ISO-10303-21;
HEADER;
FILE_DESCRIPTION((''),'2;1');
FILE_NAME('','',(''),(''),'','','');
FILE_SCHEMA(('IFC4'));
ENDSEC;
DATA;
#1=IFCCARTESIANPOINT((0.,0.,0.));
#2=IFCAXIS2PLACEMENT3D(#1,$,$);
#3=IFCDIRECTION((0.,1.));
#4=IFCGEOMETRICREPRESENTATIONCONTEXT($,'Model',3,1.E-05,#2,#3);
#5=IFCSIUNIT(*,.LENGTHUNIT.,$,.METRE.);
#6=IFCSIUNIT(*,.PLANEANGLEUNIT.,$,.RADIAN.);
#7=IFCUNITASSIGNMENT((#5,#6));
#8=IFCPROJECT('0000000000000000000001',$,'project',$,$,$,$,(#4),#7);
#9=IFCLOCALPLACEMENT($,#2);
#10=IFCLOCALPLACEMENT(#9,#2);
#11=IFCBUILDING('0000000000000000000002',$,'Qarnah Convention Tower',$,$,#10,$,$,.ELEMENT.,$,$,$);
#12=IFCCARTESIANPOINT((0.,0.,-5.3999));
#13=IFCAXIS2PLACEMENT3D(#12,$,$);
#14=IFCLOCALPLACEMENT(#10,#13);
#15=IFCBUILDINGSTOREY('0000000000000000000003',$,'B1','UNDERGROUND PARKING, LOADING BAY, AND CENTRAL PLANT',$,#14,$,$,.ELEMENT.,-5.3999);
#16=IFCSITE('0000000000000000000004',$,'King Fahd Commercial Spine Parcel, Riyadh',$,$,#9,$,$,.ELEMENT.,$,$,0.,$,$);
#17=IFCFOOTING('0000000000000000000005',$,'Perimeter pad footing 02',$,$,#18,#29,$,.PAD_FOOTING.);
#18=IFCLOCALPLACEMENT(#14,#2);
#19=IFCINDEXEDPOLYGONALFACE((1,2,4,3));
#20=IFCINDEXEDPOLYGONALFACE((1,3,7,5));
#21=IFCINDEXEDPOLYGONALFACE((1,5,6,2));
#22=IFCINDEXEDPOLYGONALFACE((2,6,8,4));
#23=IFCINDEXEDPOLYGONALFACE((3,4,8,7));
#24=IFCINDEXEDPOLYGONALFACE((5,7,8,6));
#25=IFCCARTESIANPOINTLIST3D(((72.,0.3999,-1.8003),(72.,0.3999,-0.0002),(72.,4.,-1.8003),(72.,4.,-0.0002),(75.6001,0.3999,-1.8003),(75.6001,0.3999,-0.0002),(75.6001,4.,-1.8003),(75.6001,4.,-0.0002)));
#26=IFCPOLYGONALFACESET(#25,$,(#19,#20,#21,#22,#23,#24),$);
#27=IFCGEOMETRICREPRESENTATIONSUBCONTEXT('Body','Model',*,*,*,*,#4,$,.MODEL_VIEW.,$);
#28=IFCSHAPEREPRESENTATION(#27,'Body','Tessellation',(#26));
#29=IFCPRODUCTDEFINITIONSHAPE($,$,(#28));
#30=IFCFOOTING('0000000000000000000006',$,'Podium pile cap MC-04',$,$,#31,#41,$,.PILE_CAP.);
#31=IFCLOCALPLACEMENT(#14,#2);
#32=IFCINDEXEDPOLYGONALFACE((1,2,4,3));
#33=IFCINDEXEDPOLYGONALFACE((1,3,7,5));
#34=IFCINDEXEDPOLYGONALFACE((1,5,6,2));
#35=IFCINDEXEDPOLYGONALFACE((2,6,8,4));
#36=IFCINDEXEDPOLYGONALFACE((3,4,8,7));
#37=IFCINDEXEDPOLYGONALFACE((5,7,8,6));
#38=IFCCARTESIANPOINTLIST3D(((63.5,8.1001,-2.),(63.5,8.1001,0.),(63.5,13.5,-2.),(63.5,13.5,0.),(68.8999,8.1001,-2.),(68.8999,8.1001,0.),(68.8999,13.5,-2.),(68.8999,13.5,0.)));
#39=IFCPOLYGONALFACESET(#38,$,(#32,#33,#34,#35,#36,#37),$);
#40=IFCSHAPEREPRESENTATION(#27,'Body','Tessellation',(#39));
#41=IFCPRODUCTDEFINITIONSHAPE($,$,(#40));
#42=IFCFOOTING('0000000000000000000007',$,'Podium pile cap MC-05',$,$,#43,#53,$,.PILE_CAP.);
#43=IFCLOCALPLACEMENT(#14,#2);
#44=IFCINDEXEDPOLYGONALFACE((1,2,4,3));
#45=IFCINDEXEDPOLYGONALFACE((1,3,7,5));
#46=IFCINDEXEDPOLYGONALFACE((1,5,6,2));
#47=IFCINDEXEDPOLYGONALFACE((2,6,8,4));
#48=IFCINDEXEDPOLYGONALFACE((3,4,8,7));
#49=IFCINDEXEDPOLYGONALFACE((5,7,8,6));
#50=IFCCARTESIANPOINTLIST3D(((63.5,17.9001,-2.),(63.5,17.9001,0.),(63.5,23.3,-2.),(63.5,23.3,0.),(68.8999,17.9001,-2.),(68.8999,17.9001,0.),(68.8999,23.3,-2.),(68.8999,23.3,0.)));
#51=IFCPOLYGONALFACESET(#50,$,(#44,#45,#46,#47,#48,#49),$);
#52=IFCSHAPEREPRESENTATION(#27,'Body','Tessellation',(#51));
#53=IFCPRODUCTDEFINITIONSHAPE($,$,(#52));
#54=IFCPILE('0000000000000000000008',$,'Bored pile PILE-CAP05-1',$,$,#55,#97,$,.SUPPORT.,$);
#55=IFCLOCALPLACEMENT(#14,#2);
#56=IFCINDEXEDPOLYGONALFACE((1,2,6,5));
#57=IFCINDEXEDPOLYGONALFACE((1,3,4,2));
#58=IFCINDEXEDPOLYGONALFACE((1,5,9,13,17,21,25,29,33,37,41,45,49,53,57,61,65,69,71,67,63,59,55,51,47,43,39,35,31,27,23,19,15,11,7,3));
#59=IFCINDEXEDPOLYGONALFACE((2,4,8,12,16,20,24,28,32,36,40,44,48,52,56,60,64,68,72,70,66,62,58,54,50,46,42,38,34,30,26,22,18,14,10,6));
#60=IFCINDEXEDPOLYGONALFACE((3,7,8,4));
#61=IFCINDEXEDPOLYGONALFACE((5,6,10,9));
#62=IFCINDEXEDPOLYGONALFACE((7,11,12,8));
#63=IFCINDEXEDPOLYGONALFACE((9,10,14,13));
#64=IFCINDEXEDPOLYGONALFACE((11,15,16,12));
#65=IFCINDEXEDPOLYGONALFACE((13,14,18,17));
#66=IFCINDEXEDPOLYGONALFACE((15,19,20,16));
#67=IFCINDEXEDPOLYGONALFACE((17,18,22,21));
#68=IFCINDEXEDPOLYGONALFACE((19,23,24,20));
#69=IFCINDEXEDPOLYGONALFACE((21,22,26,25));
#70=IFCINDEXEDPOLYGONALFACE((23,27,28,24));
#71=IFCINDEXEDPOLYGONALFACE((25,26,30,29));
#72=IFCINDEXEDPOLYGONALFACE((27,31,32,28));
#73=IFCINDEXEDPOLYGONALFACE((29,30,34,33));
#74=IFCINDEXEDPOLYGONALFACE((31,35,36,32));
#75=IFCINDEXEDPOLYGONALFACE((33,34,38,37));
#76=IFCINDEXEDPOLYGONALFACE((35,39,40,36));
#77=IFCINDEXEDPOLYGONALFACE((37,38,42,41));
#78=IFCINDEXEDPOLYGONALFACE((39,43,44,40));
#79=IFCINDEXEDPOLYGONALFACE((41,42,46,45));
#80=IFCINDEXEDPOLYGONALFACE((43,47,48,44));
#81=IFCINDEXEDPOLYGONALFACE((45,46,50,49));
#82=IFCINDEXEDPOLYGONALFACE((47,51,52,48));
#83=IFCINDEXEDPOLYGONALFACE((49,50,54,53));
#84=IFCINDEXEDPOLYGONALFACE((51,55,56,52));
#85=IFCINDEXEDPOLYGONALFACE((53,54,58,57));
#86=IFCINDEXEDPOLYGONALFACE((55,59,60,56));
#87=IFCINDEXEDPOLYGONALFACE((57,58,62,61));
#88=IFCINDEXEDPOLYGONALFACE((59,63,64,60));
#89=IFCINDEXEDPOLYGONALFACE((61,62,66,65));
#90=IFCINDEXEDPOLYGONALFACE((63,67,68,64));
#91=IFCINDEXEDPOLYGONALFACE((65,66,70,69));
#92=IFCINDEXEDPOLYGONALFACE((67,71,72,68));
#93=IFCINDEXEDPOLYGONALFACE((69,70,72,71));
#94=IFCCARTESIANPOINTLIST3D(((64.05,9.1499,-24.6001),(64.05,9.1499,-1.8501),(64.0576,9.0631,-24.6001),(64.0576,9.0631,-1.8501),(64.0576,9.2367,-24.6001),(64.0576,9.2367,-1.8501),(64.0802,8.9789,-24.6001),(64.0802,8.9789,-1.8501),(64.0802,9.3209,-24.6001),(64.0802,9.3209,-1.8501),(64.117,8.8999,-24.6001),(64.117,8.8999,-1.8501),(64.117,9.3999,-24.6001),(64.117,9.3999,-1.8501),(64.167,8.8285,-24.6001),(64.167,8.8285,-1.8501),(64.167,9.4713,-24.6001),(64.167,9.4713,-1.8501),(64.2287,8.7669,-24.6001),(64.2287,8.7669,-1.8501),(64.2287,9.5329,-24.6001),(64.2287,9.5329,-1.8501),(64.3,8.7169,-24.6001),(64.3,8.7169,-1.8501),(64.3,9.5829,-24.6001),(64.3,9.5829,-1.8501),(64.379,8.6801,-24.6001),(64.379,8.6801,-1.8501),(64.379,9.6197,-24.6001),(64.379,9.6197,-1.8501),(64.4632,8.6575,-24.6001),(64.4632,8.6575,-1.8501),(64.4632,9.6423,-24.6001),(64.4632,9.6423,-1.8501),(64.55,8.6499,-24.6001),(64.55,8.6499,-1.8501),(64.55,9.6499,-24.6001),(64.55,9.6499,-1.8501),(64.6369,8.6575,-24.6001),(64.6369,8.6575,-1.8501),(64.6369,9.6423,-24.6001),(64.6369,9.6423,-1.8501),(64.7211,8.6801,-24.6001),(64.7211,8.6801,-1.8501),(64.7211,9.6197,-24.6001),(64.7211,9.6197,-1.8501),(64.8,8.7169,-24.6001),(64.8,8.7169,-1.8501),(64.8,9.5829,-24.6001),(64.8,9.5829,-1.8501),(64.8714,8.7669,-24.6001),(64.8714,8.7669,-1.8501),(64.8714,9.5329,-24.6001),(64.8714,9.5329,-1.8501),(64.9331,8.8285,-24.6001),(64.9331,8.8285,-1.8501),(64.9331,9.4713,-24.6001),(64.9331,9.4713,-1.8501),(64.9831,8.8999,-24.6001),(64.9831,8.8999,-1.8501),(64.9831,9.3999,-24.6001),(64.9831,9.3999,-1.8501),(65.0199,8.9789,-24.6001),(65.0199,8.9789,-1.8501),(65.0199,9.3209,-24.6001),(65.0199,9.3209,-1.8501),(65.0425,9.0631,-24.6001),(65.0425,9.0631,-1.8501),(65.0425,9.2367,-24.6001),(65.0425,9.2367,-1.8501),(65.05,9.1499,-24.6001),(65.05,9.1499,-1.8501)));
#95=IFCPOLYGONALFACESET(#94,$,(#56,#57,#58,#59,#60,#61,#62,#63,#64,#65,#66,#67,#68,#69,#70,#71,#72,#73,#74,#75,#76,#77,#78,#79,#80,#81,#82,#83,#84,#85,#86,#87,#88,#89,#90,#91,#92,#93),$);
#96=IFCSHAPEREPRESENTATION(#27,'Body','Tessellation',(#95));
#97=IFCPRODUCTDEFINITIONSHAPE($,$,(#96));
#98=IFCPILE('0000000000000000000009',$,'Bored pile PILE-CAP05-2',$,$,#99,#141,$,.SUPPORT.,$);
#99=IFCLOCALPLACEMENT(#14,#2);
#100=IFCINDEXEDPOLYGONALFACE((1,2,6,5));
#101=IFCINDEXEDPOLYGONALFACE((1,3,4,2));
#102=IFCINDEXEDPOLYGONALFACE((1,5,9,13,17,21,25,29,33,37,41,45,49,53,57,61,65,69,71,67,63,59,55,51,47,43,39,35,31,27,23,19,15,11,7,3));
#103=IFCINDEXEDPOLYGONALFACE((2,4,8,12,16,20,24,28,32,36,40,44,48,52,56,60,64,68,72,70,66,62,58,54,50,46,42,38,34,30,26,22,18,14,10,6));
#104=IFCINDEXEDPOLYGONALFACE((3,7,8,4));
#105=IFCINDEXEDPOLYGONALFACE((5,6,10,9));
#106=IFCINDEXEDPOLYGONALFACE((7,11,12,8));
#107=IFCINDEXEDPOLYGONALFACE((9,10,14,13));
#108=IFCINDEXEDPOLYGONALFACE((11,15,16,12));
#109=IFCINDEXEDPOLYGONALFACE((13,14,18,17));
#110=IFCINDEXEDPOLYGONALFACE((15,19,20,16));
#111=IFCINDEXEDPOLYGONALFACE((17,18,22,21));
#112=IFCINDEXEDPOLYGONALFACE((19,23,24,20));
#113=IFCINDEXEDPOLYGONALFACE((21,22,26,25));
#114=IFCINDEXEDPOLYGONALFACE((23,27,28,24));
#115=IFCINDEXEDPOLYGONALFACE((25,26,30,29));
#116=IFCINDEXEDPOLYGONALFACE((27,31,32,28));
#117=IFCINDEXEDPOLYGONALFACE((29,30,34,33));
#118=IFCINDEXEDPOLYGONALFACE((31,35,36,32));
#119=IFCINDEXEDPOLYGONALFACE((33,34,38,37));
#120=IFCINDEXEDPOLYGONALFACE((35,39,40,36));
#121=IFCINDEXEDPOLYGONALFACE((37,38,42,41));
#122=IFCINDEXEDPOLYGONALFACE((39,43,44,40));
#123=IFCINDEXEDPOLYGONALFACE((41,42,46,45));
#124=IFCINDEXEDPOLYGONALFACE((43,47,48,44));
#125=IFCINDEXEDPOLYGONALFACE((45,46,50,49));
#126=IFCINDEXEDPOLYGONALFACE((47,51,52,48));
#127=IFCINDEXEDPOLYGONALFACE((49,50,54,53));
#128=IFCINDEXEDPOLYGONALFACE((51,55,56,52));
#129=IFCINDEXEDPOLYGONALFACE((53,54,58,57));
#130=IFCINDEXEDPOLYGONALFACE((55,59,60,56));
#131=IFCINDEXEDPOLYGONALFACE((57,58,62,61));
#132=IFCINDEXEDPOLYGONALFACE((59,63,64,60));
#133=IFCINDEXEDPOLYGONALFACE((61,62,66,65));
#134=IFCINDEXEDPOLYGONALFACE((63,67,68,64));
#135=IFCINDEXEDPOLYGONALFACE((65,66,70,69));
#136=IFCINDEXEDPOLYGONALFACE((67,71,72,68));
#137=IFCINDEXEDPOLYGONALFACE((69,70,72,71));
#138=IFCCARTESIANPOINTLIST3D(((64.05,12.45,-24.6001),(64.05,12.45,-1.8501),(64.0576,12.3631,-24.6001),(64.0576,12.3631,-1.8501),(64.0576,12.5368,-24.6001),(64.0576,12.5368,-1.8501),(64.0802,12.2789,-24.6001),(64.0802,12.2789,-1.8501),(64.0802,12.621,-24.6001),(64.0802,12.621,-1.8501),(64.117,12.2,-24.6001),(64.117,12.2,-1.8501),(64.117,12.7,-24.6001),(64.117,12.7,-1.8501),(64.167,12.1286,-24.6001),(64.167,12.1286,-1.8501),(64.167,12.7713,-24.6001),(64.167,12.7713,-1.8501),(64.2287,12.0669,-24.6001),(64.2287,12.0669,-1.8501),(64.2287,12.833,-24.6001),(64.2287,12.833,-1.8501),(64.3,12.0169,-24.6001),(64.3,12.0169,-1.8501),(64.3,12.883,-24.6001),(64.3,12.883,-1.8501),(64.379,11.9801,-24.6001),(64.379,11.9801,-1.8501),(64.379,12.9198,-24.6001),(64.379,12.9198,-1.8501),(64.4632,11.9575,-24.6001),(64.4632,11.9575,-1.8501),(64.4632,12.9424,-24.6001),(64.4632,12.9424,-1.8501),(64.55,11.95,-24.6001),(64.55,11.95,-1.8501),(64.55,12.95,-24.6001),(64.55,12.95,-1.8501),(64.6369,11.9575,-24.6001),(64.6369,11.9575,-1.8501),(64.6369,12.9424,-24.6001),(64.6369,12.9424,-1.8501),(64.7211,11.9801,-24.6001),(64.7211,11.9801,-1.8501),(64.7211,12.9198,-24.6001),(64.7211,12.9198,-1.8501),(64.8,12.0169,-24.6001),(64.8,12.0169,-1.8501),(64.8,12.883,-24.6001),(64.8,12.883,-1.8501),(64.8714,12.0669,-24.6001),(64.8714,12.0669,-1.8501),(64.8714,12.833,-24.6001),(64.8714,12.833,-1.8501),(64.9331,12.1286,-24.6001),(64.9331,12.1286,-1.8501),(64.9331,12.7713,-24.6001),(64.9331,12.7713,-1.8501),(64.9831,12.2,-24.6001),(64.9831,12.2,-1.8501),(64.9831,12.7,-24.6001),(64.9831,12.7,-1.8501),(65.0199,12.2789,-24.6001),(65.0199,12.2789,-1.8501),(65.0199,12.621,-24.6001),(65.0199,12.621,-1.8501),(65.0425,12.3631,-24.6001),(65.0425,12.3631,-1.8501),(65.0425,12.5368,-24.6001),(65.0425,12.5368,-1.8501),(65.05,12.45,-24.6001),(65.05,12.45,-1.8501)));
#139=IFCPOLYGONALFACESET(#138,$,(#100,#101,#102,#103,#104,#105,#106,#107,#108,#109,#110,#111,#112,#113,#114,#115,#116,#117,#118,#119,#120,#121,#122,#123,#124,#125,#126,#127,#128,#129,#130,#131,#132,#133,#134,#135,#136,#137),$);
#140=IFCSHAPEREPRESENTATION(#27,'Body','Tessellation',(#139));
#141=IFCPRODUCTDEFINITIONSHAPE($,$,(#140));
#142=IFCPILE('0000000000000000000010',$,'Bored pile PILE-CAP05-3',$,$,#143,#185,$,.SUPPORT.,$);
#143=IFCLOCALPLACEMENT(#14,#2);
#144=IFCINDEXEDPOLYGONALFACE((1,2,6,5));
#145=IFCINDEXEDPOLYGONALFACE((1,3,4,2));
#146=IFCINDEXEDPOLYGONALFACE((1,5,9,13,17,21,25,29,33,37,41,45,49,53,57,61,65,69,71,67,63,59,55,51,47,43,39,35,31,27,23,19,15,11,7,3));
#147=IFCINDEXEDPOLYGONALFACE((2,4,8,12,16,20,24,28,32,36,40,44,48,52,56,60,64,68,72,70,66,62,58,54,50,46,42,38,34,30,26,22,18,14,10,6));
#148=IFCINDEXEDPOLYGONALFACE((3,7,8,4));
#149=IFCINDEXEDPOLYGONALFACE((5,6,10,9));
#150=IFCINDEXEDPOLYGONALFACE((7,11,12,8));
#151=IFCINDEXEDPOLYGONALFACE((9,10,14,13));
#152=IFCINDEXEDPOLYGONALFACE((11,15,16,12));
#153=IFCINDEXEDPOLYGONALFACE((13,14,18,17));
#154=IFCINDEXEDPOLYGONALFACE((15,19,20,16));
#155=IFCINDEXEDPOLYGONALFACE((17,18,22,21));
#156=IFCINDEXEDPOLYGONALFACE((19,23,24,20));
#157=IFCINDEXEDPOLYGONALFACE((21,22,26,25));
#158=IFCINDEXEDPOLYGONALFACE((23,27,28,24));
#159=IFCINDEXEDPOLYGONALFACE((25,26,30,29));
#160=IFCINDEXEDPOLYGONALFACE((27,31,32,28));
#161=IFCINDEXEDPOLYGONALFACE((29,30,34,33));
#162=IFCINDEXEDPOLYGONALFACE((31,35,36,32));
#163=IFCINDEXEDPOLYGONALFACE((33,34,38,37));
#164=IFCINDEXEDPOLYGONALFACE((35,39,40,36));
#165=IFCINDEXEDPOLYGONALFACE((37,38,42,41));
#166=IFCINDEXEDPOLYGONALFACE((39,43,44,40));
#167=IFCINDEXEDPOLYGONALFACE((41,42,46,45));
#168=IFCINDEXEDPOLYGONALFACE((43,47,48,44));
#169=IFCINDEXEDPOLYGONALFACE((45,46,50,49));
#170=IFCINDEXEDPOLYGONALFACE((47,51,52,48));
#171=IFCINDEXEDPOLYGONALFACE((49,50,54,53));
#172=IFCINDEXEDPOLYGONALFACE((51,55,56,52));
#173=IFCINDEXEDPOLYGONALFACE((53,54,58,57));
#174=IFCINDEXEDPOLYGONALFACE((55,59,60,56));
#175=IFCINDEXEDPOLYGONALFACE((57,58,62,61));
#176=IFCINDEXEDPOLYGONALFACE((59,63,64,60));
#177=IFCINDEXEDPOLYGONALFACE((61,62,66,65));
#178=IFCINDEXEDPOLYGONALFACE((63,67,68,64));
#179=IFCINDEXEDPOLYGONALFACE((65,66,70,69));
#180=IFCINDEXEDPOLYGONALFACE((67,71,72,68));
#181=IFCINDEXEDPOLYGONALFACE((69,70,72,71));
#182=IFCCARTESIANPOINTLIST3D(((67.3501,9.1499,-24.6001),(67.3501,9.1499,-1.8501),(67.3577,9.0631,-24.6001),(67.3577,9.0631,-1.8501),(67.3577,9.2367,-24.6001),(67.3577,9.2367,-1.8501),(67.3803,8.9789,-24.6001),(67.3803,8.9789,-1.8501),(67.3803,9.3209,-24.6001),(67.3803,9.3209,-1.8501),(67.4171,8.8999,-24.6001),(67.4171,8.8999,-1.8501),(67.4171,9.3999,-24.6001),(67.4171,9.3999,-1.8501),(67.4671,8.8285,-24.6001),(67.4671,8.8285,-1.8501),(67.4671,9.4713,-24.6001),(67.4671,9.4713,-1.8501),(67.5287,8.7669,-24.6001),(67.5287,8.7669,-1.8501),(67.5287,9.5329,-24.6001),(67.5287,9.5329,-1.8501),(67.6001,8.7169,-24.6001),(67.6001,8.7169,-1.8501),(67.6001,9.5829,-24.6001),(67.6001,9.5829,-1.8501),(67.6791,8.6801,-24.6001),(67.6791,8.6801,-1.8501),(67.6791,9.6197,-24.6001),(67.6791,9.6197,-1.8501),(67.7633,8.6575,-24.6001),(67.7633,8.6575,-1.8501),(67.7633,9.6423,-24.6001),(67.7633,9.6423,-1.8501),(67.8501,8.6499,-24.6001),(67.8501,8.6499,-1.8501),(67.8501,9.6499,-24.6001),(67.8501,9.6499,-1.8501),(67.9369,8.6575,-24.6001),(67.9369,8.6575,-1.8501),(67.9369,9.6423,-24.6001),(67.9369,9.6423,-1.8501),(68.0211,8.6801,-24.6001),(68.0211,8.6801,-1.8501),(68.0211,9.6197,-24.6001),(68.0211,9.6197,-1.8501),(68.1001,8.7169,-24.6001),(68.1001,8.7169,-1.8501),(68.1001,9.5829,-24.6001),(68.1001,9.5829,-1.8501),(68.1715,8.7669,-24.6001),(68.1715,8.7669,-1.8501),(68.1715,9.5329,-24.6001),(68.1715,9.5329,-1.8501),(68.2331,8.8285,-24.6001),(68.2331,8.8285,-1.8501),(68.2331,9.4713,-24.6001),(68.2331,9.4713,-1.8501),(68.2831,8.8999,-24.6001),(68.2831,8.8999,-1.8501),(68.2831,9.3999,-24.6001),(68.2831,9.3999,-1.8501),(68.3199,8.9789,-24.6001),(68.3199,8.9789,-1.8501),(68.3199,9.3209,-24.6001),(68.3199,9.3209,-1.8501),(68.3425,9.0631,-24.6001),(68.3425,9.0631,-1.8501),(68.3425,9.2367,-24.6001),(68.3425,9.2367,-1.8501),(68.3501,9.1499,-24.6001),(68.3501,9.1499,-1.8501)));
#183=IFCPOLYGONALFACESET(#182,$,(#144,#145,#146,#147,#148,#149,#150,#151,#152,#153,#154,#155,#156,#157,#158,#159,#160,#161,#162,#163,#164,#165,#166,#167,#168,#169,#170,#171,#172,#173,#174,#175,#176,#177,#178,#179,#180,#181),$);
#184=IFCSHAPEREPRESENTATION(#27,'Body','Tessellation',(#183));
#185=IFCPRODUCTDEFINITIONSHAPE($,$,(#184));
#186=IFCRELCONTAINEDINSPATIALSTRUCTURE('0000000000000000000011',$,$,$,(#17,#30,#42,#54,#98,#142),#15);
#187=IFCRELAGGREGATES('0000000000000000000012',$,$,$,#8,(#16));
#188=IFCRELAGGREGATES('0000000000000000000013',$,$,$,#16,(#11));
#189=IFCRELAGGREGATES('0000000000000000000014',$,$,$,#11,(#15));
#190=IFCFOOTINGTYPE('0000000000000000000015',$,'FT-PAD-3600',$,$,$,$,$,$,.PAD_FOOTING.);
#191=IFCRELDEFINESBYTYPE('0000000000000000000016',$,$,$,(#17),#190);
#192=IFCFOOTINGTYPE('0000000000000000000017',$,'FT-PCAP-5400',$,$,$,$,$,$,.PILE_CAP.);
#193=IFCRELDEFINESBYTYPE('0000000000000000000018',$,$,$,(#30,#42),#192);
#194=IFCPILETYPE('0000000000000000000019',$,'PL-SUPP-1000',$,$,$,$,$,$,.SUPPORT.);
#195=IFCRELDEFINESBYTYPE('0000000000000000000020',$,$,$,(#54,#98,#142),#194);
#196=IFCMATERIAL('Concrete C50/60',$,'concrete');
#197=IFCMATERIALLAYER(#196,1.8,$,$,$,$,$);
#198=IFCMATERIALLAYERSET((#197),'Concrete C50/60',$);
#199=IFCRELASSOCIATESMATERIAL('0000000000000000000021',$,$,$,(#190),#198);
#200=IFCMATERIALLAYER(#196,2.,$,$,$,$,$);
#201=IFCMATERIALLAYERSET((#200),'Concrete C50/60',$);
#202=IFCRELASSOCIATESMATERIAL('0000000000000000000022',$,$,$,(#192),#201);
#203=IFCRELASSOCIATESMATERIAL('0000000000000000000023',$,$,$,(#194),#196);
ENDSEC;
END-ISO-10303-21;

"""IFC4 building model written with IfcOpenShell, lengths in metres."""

from ifc_helpers import new_model, si_unit, direction, frame, origin, origin_2d, place, context, subcontext, project, spatial, rectangle, circle, extrude, material, layer, layer_set, material_profile, profile_set, type_object, element, save


model = new_model("IFC4")

# Units and contexts
model_context = context("Model", 3, precision=1e-05, world=origin(), true_north=direction((0.0, 1.0)))
body_context = subcontext(model_context, "Body", "Model", "MODEL_VIEW")
ifc_project = project(units=[si_unit("LENGTHUNIT", "METRE"), si_unit("PLANEANGLEUNIT", "RADIAN")], contexts=[model_context])

# Site, building, storey
site_placement = place(None, origin())
site = spatial("IfcSite", under=ifc_project, at=site_placement, Name="King Fahd Commercial Spine Parcel, Riyadh", CompositionType="ELEMENT", RefElevation=0.0)
building_placement = place(site_placement, origin())
building = spatial("IfcBuilding", under=site, at=building_placement, Name="Qarnah Convention Tower", CompositionType="ELEMENT")
storey_placement = place(building_placement, frame((0.0, 0.0, -5.3999)))
storey = spatial("IfcBuildingStorey", under=building, at=storey_placement, Name="B1", Description="UNDERGROUND PARKING, LOADING BAY, AND CENTRAL PLANT", CompositionType="ELEMENT", Elevation=-5.3999)

# Footings
ifc_material_1 = material(Name="Concrete C50/60", Category="concrete")
ifc_layer_1 = layer(ifc_material_1, 1.8)
ifc_layer_set_1 = layer_set([ifc_layer_1], Name="Concrete C50/60")
footing_type_1 = type_object("IfcFootingType", Name="FT-PAD-3600", PredefinedType="PAD_FOOTING", material=ifc_layer_set_1)
footing_placement = place(storey_placement, frame((73.8, 2.2, -1.8003), z_axis=(0.0, 0.0, 1.0), x_axis=(1.0, 0.0, 0.0)))
element("IfcFooting", 1, at=footing_placement, inside=storey, type_object=footing_type_1, Name="Perimeter pad footing 02", PredefinedType="PAD_FOOTING", context=body_context, shape_type="SweptSolid", body=[
    extrude(rectangle(XDim=3.6001, YDim=3.6001, at=origin_2d()), origin(), (0.0, 0.0, 1.0), 1.8),
])
ifc_layer_2 = layer(ifc_material_1, 2.0)
ifc_layer_set_2 = layer_set([ifc_layer_2], Name="Concrete C50/60")
footing_type_2 = type_object("IfcFootingType", Name="FT-PCAP-5400", PredefinedType="PILE_CAP", material=ifc_layer_set_2)
for number, where, z_axis, x_axis, name in (
    (2, (66.2, 10.8, -2.0), (0.0, 0.0, 1.0), (1.0, 0.0, 0.0), "Podium pile cap MC-04"),
    (3, (66.2, 20.6001, -2.0), (0.0, 0.0, 1.0), (1.0, 0.0, 0.0), "Podium pile cap MC-05"),
):
    element("IfcFooting", number, at=place(storey_placement, frame(where, z_axis=z_axis, x_axis=x_axis)), inside=storey, type_object=footing_type_2, Name=name, PredefinedType="PILE_CAP", context=body_context, shape_type="SweptSolid", body=[
        extrude(rectangle(XDim=5.3999, YDim=5.3999, at=origin_2d()), origin(), (0.0, 0.0, 1.0), 2.0),
    ])

# Piles
ifc_material_profile_1 = material_profile(ifc_material_1, circle(Radius=0.5, at=origin_2d()), Name="PILE-D1000")
ifc_profile_set_1 = profile_set([ifc_material_profile_1], Name="Concrete C50/60")
pile_type_1 = type_object("IfcPileType", Name="PL-SUPP-1000", PredefinedType="SUPPORT", material=ifc_profile_set_1)
for number, where, z_axis, x_axis, name in (
    (4, (64.55, 9.1499, -1.8501), (0.0, 0.0, -1.0), (1.0, 0.0, 0.0), "Bored pile PILE-CAP05-1"),
    (5, (64.55, 12.45, -1.8501), (0.0, 0.0, -1.0), (1.0, 0.0, 0.0), "Bored pile PILE-CAP05-2"),
    (6, (67.8501, 9.1499, -1.8501), (0.0, 0.0, -1.0), (1.0, 0.0, 0.0), "Bored pile PILE-CAP05-3"),
):
    element("IfcPile", number, at=place(storey_placement, frame(where, z_axis=z_axis, x_axis=x_axis)), inside=storey, type_object=pile_type_1, Name=name, PredefinedType="SUPPORT", context=body_context, shape_type="SweptSolid", body=[
        extrude(circle(Radius=0.5, at=origin_2d()), origin(), (0.0, 0.0, 1.0), 22.75),
    ])

save(model, "model.ifc")
